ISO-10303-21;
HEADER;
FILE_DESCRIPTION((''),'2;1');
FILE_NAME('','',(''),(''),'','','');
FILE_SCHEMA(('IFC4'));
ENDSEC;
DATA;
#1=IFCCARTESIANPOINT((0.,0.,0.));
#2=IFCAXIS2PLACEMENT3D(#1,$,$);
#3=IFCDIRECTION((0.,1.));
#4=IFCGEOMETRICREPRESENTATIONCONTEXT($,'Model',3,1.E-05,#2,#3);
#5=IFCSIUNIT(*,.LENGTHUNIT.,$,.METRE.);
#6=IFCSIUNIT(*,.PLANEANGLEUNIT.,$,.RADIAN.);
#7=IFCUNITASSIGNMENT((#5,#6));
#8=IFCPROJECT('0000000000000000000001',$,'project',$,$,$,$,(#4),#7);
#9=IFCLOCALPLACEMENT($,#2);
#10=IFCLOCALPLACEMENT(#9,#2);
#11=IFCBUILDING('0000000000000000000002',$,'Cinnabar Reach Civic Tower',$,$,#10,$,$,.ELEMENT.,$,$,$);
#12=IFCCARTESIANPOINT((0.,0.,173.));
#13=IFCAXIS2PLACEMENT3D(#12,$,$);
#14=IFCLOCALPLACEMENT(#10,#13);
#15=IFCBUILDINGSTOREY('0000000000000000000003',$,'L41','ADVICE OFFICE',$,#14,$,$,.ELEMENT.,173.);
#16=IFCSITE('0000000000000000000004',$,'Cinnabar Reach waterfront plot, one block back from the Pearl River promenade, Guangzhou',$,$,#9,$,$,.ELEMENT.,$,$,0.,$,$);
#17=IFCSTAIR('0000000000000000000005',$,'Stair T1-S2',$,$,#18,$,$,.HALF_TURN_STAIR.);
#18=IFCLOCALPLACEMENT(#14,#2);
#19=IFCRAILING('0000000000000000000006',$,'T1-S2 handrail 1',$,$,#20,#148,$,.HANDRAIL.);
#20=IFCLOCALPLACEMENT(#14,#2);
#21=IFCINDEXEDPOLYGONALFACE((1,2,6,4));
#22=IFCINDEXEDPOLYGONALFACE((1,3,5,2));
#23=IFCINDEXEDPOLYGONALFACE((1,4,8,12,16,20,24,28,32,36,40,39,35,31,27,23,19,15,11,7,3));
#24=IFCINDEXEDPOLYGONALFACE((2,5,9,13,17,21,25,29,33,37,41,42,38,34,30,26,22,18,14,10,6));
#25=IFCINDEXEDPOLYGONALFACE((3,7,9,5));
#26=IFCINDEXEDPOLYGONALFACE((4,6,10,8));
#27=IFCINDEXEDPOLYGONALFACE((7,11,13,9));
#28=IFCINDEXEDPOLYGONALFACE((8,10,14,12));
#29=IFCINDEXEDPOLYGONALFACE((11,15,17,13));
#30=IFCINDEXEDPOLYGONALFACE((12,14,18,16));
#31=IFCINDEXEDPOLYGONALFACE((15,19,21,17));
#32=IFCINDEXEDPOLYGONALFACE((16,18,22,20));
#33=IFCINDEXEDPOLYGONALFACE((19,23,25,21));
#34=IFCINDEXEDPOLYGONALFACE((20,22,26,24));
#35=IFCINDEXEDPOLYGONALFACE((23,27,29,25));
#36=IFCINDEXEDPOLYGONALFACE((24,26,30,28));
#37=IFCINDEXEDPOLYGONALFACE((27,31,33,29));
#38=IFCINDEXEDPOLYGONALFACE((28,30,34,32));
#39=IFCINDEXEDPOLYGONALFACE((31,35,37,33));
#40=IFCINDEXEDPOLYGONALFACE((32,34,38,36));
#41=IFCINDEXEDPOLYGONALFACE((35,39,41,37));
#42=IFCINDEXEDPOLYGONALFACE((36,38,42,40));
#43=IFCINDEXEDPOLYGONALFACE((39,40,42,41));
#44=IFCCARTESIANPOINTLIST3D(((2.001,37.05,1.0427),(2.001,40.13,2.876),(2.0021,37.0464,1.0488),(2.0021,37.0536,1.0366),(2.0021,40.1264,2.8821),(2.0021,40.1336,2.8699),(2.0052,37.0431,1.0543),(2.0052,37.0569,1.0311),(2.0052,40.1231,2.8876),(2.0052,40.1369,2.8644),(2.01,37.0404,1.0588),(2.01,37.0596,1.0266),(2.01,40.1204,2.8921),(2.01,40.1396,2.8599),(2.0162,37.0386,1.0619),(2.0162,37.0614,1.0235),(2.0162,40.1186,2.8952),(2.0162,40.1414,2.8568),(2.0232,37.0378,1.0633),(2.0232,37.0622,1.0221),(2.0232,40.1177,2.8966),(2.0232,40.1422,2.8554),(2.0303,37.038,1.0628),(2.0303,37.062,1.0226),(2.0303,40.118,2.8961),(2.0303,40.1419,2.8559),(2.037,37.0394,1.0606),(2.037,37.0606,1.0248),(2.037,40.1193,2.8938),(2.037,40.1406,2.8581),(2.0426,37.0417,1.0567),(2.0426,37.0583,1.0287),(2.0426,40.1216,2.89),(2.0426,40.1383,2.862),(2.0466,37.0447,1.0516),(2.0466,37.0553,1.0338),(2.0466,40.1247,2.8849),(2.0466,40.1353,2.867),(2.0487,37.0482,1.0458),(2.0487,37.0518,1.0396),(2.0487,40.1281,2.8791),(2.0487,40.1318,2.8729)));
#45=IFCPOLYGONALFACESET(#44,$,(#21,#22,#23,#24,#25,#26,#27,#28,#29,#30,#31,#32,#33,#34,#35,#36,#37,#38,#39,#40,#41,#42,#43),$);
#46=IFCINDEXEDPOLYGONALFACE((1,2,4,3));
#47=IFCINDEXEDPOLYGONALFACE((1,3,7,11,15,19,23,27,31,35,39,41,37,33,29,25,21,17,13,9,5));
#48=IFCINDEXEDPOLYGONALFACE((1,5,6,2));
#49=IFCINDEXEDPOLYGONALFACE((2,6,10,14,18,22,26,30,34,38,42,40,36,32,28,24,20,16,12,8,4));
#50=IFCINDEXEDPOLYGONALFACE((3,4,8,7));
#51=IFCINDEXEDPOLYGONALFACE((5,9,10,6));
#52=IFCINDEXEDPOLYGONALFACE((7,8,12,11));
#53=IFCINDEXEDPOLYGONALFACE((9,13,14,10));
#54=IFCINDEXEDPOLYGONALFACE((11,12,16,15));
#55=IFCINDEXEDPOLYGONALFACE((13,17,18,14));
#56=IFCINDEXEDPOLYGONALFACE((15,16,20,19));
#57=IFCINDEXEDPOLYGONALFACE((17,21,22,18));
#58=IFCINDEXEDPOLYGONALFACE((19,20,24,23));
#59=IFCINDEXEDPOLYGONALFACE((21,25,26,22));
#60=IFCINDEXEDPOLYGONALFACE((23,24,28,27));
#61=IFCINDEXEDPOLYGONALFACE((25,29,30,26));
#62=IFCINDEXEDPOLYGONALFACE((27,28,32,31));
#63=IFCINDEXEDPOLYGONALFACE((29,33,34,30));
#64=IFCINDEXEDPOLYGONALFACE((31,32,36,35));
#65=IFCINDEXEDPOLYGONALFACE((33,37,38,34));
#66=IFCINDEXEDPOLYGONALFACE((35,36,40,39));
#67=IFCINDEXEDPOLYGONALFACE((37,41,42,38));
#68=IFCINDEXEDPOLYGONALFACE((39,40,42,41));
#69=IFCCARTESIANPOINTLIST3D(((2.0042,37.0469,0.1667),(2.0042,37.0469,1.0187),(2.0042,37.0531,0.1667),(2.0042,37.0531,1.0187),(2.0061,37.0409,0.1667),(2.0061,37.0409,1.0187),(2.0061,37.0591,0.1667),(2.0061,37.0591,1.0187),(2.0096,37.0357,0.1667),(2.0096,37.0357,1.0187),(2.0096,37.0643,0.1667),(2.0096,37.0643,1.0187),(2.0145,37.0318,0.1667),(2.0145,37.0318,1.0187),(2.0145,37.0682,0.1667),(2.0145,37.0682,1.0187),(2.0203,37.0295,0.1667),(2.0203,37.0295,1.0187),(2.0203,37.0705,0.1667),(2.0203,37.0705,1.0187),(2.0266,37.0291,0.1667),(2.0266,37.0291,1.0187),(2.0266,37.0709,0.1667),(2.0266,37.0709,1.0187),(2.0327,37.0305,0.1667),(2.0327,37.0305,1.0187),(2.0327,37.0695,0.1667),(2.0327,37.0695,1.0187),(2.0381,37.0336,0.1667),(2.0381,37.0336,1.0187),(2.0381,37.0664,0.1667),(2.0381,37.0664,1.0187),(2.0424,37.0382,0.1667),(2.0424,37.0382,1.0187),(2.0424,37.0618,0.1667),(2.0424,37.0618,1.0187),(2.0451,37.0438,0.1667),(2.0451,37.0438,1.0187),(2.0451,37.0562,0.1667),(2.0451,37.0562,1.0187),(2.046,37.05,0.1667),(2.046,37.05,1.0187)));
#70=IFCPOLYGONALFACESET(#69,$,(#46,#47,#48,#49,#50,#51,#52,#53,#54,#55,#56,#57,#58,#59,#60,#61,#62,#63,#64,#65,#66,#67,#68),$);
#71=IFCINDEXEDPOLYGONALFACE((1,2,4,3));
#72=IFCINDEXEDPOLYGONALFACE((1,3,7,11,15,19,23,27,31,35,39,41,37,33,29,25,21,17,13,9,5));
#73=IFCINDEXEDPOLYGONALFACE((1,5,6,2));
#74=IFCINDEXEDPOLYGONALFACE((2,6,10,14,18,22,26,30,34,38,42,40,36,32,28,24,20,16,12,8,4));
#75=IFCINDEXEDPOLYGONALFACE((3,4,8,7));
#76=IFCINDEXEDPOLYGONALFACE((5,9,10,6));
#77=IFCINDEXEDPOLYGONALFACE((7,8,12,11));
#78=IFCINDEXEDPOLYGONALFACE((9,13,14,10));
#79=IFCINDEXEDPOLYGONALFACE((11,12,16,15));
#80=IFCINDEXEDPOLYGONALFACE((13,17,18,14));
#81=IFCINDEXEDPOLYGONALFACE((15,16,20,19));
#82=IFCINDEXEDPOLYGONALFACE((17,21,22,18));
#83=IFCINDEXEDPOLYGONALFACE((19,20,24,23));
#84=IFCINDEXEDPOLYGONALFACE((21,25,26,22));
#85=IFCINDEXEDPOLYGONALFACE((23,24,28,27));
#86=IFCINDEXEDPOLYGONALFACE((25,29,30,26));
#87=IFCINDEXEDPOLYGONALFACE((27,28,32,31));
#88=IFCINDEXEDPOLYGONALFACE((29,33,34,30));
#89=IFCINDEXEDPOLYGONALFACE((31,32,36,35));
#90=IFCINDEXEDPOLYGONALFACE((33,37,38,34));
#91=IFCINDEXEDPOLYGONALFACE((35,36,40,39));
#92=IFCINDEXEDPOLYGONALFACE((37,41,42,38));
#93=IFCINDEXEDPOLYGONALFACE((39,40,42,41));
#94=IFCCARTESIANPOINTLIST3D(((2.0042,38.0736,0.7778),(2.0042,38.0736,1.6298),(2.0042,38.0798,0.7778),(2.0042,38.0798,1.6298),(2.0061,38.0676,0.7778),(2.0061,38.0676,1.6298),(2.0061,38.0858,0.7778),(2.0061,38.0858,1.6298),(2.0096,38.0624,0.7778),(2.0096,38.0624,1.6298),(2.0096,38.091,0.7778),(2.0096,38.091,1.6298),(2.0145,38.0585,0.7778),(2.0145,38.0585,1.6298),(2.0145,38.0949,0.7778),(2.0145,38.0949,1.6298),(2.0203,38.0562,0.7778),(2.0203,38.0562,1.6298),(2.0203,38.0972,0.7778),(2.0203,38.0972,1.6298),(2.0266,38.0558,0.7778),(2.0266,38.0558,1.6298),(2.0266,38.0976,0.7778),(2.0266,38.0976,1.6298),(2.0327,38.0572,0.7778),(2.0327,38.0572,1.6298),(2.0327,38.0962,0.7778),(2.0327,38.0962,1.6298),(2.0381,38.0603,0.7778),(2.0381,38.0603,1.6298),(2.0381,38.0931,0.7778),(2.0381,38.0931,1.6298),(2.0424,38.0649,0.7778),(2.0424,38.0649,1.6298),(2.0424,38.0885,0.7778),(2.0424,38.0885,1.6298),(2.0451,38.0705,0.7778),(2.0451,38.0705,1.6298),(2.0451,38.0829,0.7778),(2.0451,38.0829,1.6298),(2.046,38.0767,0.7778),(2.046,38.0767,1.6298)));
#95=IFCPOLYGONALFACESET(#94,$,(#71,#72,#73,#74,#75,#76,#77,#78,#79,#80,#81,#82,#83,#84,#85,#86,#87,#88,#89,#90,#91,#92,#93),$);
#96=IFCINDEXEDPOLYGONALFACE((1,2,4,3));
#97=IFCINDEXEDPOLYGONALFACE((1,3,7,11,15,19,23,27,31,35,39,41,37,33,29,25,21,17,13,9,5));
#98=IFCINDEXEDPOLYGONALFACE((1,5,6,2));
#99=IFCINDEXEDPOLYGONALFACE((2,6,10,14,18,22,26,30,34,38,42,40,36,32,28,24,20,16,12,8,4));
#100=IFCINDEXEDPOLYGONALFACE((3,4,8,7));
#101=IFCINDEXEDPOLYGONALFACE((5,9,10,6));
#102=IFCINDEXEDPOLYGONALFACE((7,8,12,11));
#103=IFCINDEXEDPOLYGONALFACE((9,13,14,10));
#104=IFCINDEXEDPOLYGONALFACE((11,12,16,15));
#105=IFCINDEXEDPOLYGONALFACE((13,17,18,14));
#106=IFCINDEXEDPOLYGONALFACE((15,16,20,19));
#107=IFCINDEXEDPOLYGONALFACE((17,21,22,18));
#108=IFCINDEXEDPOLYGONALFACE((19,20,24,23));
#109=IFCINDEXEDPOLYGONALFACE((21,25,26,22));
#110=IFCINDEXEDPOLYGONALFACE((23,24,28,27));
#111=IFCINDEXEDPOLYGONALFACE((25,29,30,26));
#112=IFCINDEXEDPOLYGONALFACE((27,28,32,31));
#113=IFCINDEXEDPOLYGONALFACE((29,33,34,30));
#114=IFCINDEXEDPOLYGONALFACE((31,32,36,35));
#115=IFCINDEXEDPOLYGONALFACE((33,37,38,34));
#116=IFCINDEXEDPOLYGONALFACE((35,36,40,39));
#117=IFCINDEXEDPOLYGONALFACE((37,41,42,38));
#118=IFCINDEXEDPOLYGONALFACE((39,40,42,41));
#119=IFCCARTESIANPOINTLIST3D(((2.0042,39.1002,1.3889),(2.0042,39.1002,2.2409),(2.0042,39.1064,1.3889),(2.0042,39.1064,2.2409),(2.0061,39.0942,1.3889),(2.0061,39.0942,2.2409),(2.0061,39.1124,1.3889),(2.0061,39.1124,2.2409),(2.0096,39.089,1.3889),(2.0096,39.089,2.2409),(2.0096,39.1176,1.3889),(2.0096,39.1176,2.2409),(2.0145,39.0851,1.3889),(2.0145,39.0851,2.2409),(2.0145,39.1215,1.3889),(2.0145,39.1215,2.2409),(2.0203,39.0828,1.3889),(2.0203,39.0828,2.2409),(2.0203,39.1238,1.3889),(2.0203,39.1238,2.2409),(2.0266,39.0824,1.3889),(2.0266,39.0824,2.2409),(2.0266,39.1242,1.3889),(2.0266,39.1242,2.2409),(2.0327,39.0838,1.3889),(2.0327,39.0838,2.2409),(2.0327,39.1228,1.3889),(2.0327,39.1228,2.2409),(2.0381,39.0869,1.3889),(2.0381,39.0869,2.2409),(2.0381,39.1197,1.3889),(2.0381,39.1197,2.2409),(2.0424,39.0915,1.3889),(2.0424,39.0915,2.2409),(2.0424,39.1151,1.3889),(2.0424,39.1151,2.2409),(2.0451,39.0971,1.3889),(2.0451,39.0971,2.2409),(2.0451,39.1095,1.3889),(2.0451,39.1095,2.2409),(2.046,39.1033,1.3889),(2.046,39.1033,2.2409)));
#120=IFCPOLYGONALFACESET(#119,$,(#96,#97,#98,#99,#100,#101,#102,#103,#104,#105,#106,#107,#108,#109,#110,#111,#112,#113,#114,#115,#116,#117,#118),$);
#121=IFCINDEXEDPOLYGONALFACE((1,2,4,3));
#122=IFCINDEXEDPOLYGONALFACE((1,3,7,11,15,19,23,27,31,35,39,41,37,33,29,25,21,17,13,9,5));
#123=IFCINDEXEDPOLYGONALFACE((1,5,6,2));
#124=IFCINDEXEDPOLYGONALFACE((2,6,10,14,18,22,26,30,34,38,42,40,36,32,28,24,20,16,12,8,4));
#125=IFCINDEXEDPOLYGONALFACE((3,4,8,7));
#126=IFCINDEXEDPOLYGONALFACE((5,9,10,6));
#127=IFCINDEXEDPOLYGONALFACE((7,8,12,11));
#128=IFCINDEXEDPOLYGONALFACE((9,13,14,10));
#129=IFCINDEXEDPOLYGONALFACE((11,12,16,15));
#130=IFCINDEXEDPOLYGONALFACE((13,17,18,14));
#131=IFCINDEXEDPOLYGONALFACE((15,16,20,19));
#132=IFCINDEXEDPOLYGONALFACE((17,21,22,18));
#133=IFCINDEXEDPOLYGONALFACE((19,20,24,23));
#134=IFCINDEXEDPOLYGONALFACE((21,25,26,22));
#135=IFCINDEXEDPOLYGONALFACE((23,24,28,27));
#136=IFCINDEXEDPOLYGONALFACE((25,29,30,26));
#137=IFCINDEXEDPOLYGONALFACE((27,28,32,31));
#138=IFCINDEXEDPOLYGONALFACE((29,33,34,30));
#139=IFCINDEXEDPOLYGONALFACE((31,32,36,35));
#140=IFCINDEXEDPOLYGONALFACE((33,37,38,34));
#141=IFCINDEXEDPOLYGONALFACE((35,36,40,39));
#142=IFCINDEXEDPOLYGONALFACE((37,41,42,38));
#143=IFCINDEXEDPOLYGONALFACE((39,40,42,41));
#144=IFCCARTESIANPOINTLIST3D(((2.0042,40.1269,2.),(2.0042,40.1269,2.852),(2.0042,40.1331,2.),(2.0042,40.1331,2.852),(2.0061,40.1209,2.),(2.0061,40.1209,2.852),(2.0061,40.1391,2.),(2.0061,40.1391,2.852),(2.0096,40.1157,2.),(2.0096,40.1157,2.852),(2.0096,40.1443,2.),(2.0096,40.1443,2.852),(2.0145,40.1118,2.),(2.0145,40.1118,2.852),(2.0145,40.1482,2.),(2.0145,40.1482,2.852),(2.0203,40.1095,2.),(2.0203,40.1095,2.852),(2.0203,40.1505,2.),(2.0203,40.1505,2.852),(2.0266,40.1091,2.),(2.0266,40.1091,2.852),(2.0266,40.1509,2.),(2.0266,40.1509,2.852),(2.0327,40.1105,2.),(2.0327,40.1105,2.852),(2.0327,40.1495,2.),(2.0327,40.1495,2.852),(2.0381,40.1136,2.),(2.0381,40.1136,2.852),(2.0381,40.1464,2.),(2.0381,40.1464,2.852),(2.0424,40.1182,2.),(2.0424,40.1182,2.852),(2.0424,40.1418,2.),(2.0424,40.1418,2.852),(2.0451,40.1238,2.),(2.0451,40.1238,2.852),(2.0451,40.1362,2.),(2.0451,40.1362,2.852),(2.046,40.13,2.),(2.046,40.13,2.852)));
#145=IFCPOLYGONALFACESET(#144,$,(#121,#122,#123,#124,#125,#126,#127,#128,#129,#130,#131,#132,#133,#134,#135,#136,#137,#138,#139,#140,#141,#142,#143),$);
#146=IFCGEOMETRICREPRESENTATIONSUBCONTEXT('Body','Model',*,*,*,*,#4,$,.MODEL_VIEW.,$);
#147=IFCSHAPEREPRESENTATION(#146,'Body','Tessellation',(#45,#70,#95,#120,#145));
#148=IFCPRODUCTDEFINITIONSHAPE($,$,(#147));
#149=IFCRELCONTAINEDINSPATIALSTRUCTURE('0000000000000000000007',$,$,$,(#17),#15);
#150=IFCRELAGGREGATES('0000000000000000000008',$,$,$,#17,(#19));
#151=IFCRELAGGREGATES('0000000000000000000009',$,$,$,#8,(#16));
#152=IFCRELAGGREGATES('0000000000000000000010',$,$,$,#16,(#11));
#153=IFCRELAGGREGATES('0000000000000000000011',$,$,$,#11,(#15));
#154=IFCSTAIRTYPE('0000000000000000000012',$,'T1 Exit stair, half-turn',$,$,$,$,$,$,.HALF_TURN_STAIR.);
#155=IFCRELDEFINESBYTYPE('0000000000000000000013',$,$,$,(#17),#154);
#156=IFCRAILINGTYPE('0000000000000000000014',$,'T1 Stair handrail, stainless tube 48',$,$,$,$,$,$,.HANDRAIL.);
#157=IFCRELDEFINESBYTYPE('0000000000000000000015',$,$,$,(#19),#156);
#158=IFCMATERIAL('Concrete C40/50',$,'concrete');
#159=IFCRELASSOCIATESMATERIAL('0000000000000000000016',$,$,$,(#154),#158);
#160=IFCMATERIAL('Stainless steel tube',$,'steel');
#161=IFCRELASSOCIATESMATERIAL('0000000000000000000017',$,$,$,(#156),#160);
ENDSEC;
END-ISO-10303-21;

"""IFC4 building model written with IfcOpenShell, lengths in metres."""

from ifc_helpers import new_model, si_unit, direction, frame, origin, origin_2d, place, context, subcontext, project, spatial, circle, extrude, material, type_object, element, aggregate, save


model = new_model("IFC4")

# Units and contexts
model_context = context("Model", 3, precision=1e-05, world=origin(), true_north=direction((0.0, 1.0)))
body_context = subcontext(model_context, "Body", "Model", "MODEL_VIEW")
ifc_project = project(units=[si_unit("LENGTHUNIT", "METRE"), si_unit("PLANEANGLEUNIT", "RADIAN")], contexts=[model_context])

# Site, building, storey
site_placement = place(None, origin())
site = spatial("IfcSite", under=ifc_project, at=site_placement, Name="Cinnabar Reach waterfront plot, one block back from the Pearl River promenade, Guangzhou", CompositionType="ELEMENT", RefElevation=0.0)
building_placement = place(site_placement, origin())
building = spatial("IfcBuilding", under=site, at=building_placement, Name="Cinnabar Reach Civic Tower", CompositionType="ELEMENT")
storey_placement = place(building_placement, frame((0.0, 0.0, 173.0)))
storey = spatial("IfcBuildingStorey", under=building, at=storey_placement, Name="L41", Description="ADVICE OFFICE", CompositionType="ELEMENT", Elevation=173.0)

# Shared definitions
ifc_material_1 = material(Name="Concrete C40/50", Category="concrete")

# Stair, railing
stair_type = type_object("IfcStairType", Name="T1 Exit stair, half-turn", PredefinedType="HALF_TURN_STAIR", material=ifc_material_1)
stair_placement = place(storey_placement, origin())
stair = element("IfcStair", 1, at=stair_placement, inside=storey, type_object=stair_type, Name="Stair T1-S2", PredefinedType="HALF_TURN_STAIR")
ifc_material_2 = material(Name="Stainless steel tube", Category="steel")
railing_type = type_object("IfcRailingType", Name="T1 Stair handrail, stainless tube 48", PredefinedType="HANDRAIL", material=ifc_material_2)
railing_1_placement = place(storey_placement, frame((2.025, 37.05, 0.1667)))
railing_1 = element("IfcRailing", 2, at=railing_1_placement, type_object=railing_type, Name="T1-S2 handrail 1", PredefinedType="HANDRAIL", context=body_context, shape_type="SweptSolid", body=[
    extrude(circle(Radius=0.024, at=origin_2d()), frame((0.0, 0.0, 0.876), z_axis=(0.0, 0.859297, 0.511477), x_axis=(-1.0, 0.0, 0.0)), (0.0, 0.0, 1.0), 3.5843),
    extrude(circle(Radius=0.021, at=origin_2d()), origin(), (0.0, 0.0, 1.0), 0.852),
    extrude(circle(Radius=0.021, at=origin_2d()), frame((0.0, 1.0267, 0.6111)), (0.0, 0.0, 1.0), 0.852),
    extrude(circle(Radius=0.021, at=origin_2d()), frame((0.0, 2.0533, 1.2222)), (0.0, 0.0, 1.0), 0.852),
    extrude(circle(Radius=0.021, at=origin_2d()), frame((0.0, 3.08, 1.8333)), (0.0, 0.0, 1.0), 0.852),
])
aggregate(stair, [railing_1])

save(model, "model.ifc")
